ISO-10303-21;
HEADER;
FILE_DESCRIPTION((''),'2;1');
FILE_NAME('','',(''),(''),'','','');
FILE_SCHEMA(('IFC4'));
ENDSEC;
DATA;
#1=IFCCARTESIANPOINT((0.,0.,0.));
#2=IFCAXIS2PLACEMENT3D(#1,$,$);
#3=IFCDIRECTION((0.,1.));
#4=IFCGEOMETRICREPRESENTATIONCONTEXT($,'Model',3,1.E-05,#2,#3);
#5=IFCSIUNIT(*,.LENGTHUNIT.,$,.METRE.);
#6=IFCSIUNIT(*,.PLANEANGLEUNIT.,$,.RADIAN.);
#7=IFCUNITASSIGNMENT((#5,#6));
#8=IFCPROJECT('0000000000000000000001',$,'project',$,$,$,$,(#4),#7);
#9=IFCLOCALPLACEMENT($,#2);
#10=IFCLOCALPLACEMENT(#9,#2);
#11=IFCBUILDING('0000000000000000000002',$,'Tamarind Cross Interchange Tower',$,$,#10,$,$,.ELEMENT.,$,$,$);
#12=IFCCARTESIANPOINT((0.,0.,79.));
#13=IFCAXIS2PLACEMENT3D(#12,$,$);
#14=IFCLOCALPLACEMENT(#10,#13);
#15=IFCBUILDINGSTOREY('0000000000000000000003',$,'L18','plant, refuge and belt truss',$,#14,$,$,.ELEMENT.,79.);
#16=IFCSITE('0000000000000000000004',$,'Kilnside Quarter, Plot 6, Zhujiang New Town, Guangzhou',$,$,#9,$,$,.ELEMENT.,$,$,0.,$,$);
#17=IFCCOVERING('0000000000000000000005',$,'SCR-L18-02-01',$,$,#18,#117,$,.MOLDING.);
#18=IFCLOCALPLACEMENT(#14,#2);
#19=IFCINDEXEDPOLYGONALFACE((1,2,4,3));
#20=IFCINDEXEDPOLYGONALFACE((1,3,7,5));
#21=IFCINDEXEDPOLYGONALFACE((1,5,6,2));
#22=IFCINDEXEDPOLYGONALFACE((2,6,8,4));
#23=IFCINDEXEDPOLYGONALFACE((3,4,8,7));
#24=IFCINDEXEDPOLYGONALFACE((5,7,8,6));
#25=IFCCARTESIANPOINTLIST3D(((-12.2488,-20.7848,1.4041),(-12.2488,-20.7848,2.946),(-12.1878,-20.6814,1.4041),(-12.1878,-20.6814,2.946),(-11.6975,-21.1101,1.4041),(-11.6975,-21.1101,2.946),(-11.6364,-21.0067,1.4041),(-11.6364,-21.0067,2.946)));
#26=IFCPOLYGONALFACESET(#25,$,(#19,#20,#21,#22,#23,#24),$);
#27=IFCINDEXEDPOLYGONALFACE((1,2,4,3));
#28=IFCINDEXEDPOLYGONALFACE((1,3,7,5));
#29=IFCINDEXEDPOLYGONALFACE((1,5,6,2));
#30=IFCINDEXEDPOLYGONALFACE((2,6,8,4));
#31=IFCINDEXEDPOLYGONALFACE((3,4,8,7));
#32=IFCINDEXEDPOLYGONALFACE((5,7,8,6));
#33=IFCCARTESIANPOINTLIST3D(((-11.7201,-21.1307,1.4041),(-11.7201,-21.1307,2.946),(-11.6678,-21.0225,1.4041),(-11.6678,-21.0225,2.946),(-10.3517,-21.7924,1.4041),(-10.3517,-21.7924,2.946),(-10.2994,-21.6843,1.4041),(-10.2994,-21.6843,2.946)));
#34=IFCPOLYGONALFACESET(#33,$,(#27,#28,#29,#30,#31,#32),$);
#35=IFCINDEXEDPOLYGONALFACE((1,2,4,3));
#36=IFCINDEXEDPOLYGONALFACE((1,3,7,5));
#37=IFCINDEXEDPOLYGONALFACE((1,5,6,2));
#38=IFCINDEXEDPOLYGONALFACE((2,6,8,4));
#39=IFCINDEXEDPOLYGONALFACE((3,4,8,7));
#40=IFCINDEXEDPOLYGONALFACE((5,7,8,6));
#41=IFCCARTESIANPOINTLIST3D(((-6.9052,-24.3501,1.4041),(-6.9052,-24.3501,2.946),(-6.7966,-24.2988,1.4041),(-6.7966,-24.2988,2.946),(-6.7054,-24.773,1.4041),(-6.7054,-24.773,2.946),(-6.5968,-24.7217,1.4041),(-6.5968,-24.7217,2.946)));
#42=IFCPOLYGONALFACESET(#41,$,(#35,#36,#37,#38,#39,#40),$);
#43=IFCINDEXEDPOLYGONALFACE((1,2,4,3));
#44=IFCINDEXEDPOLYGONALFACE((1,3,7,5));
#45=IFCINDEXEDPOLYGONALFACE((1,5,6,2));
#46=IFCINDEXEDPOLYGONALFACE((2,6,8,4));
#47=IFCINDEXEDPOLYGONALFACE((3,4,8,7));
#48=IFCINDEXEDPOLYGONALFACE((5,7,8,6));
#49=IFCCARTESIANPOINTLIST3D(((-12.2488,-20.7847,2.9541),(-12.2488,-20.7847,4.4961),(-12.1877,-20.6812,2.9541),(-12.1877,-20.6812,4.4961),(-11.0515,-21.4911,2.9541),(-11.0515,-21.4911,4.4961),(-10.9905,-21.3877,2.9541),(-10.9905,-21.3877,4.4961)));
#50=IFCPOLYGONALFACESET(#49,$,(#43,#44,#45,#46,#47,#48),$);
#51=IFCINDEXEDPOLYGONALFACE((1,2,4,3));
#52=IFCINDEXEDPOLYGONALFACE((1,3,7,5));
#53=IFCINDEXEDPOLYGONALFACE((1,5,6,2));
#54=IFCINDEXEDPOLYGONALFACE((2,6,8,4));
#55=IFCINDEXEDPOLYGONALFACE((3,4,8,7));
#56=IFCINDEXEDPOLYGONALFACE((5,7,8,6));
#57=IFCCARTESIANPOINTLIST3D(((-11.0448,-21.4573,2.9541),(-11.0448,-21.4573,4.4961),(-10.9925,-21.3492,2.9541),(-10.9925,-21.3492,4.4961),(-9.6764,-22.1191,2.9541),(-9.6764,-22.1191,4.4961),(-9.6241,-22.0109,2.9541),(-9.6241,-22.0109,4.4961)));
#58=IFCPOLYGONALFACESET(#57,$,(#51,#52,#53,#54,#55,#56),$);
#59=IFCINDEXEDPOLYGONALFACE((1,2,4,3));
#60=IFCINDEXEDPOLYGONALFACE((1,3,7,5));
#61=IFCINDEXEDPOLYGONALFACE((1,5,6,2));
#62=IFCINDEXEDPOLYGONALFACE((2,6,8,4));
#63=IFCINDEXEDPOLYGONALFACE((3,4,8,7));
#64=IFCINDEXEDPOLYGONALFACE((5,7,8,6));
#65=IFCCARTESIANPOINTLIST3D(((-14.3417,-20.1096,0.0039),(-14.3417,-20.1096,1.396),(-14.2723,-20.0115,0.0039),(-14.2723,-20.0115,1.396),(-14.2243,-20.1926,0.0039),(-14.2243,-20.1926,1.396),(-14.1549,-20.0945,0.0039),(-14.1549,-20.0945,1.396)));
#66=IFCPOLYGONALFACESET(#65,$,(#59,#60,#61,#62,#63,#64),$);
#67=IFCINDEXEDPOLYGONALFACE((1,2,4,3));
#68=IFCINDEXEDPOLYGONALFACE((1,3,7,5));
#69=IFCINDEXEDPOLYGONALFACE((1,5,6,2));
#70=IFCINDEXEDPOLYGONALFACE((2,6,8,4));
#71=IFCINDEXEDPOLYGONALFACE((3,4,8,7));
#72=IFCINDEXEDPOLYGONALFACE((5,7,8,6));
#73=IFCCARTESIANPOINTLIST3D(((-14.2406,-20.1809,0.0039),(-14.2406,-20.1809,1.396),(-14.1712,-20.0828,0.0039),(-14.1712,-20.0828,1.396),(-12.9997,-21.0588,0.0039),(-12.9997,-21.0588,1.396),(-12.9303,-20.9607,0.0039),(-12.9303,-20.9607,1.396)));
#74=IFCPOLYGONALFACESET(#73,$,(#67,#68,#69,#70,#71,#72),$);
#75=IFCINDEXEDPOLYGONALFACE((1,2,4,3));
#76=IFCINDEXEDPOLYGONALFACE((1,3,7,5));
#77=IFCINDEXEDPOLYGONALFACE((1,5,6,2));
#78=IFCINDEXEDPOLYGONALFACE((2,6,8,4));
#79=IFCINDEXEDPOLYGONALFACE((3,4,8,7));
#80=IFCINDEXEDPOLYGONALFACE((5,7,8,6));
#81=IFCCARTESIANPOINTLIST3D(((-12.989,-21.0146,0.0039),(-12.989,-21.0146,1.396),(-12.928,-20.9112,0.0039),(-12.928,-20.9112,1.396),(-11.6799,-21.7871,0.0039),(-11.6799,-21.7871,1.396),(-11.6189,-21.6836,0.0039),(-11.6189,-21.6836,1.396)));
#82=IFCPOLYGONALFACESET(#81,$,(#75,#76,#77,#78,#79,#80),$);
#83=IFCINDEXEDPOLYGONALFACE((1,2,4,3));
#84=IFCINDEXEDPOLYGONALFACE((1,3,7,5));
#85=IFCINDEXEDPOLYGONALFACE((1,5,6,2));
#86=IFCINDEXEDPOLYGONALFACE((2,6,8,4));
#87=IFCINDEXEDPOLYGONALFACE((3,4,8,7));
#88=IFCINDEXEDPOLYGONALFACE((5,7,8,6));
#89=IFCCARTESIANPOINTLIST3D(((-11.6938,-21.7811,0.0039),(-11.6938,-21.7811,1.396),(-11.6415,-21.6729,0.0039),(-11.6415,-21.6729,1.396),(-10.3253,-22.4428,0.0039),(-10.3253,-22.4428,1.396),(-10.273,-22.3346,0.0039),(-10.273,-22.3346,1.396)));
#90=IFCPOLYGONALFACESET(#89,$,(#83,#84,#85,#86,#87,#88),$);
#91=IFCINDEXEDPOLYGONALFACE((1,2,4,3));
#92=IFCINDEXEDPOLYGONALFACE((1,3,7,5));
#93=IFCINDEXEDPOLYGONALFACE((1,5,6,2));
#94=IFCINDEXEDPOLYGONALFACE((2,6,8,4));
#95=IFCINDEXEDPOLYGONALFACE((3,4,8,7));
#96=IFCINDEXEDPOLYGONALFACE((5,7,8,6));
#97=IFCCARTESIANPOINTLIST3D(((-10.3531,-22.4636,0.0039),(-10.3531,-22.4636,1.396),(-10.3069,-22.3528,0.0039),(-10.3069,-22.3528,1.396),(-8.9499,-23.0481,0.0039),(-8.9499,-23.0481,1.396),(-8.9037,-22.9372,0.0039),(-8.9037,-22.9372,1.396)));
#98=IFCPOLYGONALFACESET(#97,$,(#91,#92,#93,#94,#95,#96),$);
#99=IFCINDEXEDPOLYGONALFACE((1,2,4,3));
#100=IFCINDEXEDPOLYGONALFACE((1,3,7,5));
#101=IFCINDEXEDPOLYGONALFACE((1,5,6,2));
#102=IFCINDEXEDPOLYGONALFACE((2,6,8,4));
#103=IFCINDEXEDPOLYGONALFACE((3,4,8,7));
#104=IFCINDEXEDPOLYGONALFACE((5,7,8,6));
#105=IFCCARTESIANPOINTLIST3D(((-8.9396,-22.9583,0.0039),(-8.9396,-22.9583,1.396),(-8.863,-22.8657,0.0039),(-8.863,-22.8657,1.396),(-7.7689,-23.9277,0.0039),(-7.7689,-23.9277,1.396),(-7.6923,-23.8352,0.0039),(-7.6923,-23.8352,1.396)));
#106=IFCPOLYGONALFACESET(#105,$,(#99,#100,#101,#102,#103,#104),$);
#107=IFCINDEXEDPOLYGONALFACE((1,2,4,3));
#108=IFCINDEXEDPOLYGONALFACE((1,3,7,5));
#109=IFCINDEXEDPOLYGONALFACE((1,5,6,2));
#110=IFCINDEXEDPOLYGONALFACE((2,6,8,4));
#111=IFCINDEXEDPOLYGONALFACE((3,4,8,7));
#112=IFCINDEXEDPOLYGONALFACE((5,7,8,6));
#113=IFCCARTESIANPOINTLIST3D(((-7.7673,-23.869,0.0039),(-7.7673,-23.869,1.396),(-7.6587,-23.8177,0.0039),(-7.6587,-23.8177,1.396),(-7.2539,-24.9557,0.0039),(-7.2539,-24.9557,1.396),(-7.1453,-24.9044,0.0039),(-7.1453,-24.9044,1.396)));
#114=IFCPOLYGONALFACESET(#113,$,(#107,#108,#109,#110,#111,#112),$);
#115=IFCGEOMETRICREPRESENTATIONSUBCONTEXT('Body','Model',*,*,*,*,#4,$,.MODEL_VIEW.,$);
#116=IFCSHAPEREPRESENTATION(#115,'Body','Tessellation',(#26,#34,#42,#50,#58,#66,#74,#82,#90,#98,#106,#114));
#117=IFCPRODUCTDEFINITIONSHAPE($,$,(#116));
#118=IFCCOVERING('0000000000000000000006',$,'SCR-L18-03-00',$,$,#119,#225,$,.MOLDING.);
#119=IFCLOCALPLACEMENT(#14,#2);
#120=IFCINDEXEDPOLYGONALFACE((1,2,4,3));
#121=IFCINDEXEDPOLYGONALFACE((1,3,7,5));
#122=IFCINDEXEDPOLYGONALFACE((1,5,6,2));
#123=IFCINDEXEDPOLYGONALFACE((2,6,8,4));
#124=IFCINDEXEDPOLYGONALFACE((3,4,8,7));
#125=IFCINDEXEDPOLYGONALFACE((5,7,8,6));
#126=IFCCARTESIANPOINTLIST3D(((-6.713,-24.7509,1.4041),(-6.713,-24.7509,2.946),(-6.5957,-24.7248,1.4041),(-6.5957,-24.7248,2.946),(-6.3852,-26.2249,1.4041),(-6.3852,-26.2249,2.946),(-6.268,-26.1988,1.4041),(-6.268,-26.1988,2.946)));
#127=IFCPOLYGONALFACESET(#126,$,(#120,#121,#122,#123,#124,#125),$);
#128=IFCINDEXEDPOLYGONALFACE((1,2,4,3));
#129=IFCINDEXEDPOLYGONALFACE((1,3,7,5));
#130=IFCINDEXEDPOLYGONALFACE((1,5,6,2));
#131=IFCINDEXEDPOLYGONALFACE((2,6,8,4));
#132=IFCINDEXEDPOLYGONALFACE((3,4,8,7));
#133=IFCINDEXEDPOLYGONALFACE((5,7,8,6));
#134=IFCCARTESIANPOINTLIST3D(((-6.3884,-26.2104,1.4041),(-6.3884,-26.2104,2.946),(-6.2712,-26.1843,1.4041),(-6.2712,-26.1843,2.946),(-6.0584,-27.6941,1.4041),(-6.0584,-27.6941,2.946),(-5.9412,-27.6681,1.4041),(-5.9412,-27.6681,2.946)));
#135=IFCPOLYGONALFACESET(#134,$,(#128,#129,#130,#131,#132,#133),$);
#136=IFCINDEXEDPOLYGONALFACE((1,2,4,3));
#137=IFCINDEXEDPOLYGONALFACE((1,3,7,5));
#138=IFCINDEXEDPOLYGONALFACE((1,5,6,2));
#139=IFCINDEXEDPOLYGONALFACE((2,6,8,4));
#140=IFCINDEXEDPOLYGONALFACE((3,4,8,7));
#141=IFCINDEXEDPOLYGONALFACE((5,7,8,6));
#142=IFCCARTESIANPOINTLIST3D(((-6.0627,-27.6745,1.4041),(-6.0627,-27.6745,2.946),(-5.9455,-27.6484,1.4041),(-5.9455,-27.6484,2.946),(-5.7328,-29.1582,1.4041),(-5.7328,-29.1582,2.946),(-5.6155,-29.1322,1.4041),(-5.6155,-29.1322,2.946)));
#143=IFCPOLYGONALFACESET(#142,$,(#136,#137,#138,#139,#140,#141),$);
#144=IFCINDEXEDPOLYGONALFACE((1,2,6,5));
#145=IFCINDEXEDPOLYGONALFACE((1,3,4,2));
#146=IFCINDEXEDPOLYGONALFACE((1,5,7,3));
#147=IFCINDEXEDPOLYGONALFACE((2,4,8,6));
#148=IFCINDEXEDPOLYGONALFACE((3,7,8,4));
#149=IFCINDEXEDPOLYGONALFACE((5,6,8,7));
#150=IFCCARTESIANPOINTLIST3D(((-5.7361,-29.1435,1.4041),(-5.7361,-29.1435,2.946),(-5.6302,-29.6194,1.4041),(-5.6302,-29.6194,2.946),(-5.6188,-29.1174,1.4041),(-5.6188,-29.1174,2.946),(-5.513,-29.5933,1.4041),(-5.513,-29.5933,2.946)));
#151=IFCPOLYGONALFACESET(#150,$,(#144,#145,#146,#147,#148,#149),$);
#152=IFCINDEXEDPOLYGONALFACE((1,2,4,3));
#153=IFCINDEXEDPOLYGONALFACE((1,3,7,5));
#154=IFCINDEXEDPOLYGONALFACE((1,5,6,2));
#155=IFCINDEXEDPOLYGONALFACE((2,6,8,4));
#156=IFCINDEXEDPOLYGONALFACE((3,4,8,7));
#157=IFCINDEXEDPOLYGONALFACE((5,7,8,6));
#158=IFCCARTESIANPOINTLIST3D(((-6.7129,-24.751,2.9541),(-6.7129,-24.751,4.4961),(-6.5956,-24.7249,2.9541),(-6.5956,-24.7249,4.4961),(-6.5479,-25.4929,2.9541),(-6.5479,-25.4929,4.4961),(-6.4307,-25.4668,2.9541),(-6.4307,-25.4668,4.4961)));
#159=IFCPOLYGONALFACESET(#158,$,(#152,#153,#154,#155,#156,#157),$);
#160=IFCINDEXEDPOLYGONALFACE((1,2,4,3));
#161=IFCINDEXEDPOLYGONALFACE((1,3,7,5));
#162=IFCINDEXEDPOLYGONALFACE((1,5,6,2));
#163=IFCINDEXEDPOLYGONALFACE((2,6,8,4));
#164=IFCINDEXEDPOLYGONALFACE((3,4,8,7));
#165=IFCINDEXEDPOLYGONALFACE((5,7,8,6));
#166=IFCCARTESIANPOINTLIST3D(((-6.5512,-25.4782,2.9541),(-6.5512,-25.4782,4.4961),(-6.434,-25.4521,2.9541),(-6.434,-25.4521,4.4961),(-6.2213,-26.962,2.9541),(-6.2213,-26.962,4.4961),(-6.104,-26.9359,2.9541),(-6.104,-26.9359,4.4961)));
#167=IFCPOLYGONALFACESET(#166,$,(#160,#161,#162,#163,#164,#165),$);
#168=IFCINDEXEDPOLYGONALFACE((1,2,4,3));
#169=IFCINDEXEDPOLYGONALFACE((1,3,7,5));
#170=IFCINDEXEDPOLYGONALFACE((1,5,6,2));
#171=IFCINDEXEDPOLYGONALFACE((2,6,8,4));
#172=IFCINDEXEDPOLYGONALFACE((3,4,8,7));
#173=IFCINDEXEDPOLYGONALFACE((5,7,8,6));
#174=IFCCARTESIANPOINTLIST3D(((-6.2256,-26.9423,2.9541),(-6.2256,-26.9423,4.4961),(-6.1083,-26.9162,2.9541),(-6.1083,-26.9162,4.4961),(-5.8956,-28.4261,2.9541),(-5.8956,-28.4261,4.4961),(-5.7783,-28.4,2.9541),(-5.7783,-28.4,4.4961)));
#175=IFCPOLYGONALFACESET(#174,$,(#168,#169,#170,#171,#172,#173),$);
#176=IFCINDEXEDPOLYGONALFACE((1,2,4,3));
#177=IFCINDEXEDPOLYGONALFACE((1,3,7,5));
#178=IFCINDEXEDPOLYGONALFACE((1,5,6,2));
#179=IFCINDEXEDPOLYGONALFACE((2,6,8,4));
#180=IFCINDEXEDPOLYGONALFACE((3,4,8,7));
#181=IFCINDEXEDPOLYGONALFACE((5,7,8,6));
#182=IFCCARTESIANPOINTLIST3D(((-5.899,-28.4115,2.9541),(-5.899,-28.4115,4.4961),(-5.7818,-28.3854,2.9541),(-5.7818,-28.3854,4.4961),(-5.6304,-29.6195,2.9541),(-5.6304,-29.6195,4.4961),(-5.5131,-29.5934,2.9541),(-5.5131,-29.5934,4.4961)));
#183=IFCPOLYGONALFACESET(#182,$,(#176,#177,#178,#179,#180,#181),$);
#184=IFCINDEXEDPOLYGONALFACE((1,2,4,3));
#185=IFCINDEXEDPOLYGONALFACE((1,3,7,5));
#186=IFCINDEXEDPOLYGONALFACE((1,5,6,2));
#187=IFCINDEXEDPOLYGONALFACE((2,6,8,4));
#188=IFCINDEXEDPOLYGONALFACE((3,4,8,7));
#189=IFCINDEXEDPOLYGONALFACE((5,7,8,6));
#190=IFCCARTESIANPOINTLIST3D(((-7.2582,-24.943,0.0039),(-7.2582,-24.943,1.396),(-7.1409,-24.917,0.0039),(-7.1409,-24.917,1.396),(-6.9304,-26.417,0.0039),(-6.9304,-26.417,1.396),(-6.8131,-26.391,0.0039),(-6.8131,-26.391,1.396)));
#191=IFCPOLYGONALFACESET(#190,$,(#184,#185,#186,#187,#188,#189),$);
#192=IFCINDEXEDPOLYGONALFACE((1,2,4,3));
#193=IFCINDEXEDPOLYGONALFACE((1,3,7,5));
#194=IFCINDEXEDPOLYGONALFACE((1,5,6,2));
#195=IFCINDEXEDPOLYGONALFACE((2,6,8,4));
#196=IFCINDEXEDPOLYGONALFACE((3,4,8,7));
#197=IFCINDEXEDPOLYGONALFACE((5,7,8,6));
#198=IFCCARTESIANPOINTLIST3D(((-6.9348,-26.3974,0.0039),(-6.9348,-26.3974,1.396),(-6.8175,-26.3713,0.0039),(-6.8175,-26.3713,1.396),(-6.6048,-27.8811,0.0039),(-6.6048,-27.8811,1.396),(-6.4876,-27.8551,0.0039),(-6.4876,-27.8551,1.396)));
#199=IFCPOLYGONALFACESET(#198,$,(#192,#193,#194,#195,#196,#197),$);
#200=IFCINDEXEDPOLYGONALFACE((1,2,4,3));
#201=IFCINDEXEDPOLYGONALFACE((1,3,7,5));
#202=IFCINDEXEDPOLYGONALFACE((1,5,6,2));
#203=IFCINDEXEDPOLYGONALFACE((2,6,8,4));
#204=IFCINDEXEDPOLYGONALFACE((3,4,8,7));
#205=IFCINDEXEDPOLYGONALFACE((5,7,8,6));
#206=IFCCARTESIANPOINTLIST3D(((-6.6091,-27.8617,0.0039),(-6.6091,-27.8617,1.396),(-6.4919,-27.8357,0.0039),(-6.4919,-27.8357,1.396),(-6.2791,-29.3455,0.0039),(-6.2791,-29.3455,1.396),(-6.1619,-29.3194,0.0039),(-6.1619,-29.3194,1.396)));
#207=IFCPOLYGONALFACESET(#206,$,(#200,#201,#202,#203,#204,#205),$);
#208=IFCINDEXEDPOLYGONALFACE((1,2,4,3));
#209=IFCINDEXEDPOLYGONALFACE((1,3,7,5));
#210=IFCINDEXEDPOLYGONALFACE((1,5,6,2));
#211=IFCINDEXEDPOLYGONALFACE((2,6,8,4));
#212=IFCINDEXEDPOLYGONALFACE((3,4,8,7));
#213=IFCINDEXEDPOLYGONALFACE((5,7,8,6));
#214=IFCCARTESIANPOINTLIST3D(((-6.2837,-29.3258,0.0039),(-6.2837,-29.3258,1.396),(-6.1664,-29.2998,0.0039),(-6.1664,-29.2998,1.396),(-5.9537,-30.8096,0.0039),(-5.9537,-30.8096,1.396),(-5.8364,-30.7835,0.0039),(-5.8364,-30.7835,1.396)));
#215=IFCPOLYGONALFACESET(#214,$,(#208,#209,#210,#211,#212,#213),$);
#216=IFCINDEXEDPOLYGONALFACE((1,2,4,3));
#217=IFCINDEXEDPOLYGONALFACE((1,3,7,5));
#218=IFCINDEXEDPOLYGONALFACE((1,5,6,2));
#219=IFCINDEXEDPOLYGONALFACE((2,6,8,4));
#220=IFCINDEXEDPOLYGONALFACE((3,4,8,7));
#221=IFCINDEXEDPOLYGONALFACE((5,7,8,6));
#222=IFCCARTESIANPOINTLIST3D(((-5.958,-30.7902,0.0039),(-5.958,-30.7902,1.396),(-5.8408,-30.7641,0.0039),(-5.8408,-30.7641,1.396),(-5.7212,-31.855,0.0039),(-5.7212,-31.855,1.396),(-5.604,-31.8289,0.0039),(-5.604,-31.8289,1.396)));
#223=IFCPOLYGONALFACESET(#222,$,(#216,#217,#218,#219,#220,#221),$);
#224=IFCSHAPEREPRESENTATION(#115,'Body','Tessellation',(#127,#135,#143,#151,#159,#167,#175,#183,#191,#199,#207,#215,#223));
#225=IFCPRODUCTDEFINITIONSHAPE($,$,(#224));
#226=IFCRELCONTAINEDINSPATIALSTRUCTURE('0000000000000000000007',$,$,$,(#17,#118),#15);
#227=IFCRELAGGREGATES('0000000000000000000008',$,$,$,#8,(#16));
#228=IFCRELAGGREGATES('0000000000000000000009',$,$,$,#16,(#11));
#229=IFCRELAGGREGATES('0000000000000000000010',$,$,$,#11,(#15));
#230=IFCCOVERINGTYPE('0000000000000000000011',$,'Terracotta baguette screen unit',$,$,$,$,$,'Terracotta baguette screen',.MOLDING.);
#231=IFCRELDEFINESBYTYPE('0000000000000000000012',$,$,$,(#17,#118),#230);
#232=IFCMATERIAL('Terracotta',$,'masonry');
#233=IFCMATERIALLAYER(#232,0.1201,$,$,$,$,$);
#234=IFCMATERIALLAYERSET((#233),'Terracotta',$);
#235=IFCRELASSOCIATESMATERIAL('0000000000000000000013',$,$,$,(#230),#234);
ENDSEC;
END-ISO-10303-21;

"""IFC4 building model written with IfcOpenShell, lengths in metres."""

from ifc_helpers import new_model, si_unit, direction, frame, origin, origin_2d, place, context, subcontext, project, spatial, rectangle, extrude, material, layer, layer_set, type_object, element, save


model = new_model("IFC4")

# Units and contexts
model_context = context("Model", 3, precision=1e-05, world=origin(), true_north=direction((0.0, 1.0)))
body_context = subcontext(model_context, "Body", "Model", "MODEL_VIEW")
ifc_project = project(units=[si_unit("LENGTHUNIT", "METRE"), si_unit("PLANEANGLEUNIT", "RADIAN")], contexts=[model_context])

# Site, building, storey
site_placement = place(None, origin())
site = spatial("IfcSite", under=ifc_project, at=site_placement, Name="Kilnside Quarter, Plot 6, Zhujiang New Town, Guangzhou", CompositionType="ELEMENT", RefElevation=0.0)
building_placement = place(site_placement, origin())
building = spatial("IfcBuilding", under=site, at=building_placement, Name="Tamarind Cross Interchange Tower", CompositionType="ELEMENT")
storey_placement = place(building_placement, frame((0.0, 0.0, 79.0)))
storey = spatial("IfcBuildingStorey", under=building, at=storey_placement, Name="L18", Description="plant, refuge and belt truss", CompositionType="ELEMENT", Elevation=79.0)

# Coverings
ifc_material_1 = material(Name="Terracotta", Category="masonry")
ifc_layer_1 = layer(ifc_material_1, 0.1201)
ifc_layer_set_1 = layer_set([ifc_layer_1], Name="Terracotta")
covering_type = type_object("IfcCoveringType", Name="Terracotta baguette screen unit", ElementType="Terracotta baguette screen", PredefinedType="MOLDING", material=ifc_layer_set_1)
covering_1_placement = place(storey_placement, origin())
element("IfcCovering", 1, at=covering_1_placement, inside=storey, type_object=covering_type, Name="SCR-L18-02-01", PredefinedType="MOLDING", context=body_context, shape_type="SweptSolid", body=[
    extrude(rectangle(XDim=0.6401, YDim=0.1201, at=origin_2d()), frame((-11.9426, -20.8958, 1.4041), z_axis=(0.0, 0.0, 1.0), x_axis=(0.861249, -0.508183, 0.0)), (0.0, 0.0, 1.0), 1.542),
    extrude(rectangle(XDim=1.52, YDim=0.1201, at=origin_2d()), frame((-11.0098, -21.4075, 1.4041), z_axis=(0.0, 0.0, 1.0), x_axis=(0.900273, -0.435326, 0.0)), (0.0, 0.0, 1.0), 1.542),
    extrude(rectangle(XDim=0.4678, YDim=0.1201, at=origin_2d()), frame((-6.751, -24.5359, 1.4041), z_axis=(0.0, 0.0, 1.0), x_axis=(0.427217, -0.904149, 0.0)), (0.0, 0.0, 1.0), 1.542),
    extrude(rectangle(XDim=1.3901, YDim=0.1201, at=origin_2d()), frame((-11.6196, -21.0862, 2.9541), z_axis=(0.0, 0.0, 1.0), x_axis=(0.861249, -0.508183, 0.0)), (0.0, 0.0, 1.0), 1.542),
    extrude(rectangle(XDim=1.52, YDim=0.1201, at=origin_2d()), frame((-10.3345, -21.7341, 2.9541), z_axis=(0.0, 0.0, 1.0), x_axis=(0.900273, -0.435326, 0.0)), (0.0, 0.0, 1.0), 1.542),
    extrude(rectangle(XDim=0.1438, YDim=0.1201, at=origin_2d()), frame((-14.2483, -20.1021, 0.0039), z_axis=(0.0, 0.0, 1.0), x_axis=(0.816342, -0.577569, 0.0)), (0.0, 0.0, 1.0), 1.3921),
    extrude(rectangle(XDim=1.52, YDim=0.1201, at=origin_2d()), frame((-13.5854, -20.5708, 0.0039), z_axis=(0.0, 0.0, 1.0), x_axis=(0.816342, -0.577569, 0.0)), (0.0, 0.0, 1.0), 1.3921),
    extrude(rectangle(XDim=1.52, YDim=0.1201, at=origin_2d()), frame((-12.304, -21.3491, 0.0039), z_axis=(0.0, 0.0, 1.0), x_axis=(0.861249, -0.508183, 0.0)), (0.0, 0.0, 1.0), 1.3921),
    extrude(rectangle(XDim=1.52, YDim=0.1201, at=origin_2d()), frame((-10.9834, -22.0579, 0.0039), z_axis=(0.0, 0.0, 1.0), x_axis=(0.900273, -0.435326, 0.0)), (0.0, 0.0, 1.0), 1.3921),
    extrude(rectangle(XDim=1.52, YDim=0.1201, at=origin_2d()), frame((-9.6284, -22.7004, 0.0039), z_axis=(0.0, 0.0, 1.0), x_axis=(0.923118, -0.384517, 0.0)), (0.0, 0.0, 1.0), 1.3921),
    extrude(rectangle(XDim=1.52, YDim=0.1201, at=origin_2d()), frame((-8.3159, -23.3967, 0.0039), z_axis=(0.0, 0.0, 1.0), x_axis=(0.770201, -0.637801, 0.0)), (0.0, 0.0, 1.0), 1.3921),
    extrude(rectangle(XDim=1.2019, YDim=0.1201, at=origin_2d()), frame((-7.4563, -24.3867, 0.0039), z_axis=(0.0, 0.0, 1.0), x_axis=(0.427217, -0.904149, 0.0)), (0.0, 0.0, 1.0), 1.3921),
])
covering_2_placement = place(storey_placement, origin())
element("IfcCovering", 2, at=covering_2_placement, inside=storey, type_object=covering_type, Name="SCR-L18-03-00", PredefinedType="MOLDING", context=body_context, shape_type="SweptSolid", body=[
    extrude(rectangle(XDim=1.51, YDim=0.1201, at=origin_2d()), frame((-6.4905, -25.4749, 1.4041), z_axis=(0.0, 0.0, 1.0), x_axis=(0.21708, -0.976154, 0.0)), (0.0, 0.0, 1.0), 1.542),
    extrude(rectangle(XDim=1.52, YDim=0.1201, at=origin_2d()), frame((-6.1648, -26.9392, 1.4041), z_axis=(0.0, 0.0, 1.0), x_axis=(0.21708, -0.976154, 0.0)), (0.0, 0.0, 1.0), 1.542),
    extrude(rectangle(XDim=1.52, YDim=0.1201, at=origin_2d()), frame((-5.8391, -28.4033, 1.4041), z_axis=(0.0, 0.0, 1.0), x_axis=(0.21708, -0.976154, 0.0)), (0.0, 0.0, 1.0), 1.542),
    extrude(rectangle(XDim=0.4875, YDim=0.1201, at=origin_2d()), frame((-5.6245, -29.3684, 1.4041), z_axis=(0.0, 0.0, 1.0), x_axis=(0.21708, -0.976154, 0.0)), (0.0, 0.0, 1.0), 1.542),
    extrude(rectangle(XDim=0.76, YDim=0.1201, at=origin_2d()), frame((-6.5718, -25.1089, 2.9541), z_axis=(0.0, 0.0, 1.0), x_axis=(0.21708, -0.976154, 0.0)), (0.0, 0.0, 1.0), 1.542),
    extrude(rectangle(XDim=1.52, YDim=0.1201, at=origin_2d()), frame((-6.3276, -26.207, 2.9541), z_axis=(0.0, 0.0, 1.0), x_axis=(0.21708, -0.976154, 0.0)), (0.0, 0.0, 1.0), 1.542),
    extrude(rectangle(XDim=1.52, YDim=0.1201, at=origin_2d()), frame((-6.002, -27.6711, 2.9541), z_axis=(0.0, 0.0, 1.0), x_axis=(0.21708, -0.976154, 0.0)), (0.0, 0.0, 1.0), 1.542),
    extrude(rectangle(XDim=1.2375, YDim=0.1201, at=origin_2d()), frame((-5.7061, -29.0024, 2.9541), z_axis=(0.0, 0.0, 1.0), x_axis=(0.21708, -0.976154, 0.0)), (0.0, 0.0, 1.0), 1.542),
    extrude(rectangle(XDim=1.51, YDim=0.1201, at=origin_2d()), frame((-7.0356, -25.667, 0.0039), z_axis=(0.0, 0.0, 1.0), x_axis=(0.21708, -0.976154, 0.0)), (0.0, 0.0, 1.0), 1.3921),
    extrude(rectangle(XDim=1.52, YDim=0.1201, at=origin_2d()), frame((-6.7112, -27.1262, 0.0039), z_axis=(0.0, 0.0, 1.0), x_axis=(0.21708, -0.976154, 0.0)), (0.0, 0.0, 1.0), 1.3921),
    extrude(rectangle(XDim=1.52, YDim=0.1201, at=origin_2d()), frame((-6.3855, -28.5906, 0.0039), z_axis=(0.0, 0.0, 1.0), x_axis=(0.21708, -0.976154, 0.0)), (0.0, 0.0, 1.0), 1.3921),
    extrude(rectangle(XDim=1.52, YDim=0.1201, at=origin_2d()), frame((-6.0601, -30.0547, 0.0039), z_axis=(0.0, 0.0, 1.0), x_axis=(0.21708, -0.976154, 0.0)), (0.0, 0.0, 1.0), 1.3921),
    extrude(rectangle(XDim=1.0908, YDim=0.1201, at=origin_2d()), frame((-5.781, -31.3096, 0.0039), z_axis=(0.0, 0.0, 1.0), x_axis=(0.21708, -0.976154, 0.0)), (0.0, 0.0, 1.0), 1.3921),
])

save(model, "model.ifc")
